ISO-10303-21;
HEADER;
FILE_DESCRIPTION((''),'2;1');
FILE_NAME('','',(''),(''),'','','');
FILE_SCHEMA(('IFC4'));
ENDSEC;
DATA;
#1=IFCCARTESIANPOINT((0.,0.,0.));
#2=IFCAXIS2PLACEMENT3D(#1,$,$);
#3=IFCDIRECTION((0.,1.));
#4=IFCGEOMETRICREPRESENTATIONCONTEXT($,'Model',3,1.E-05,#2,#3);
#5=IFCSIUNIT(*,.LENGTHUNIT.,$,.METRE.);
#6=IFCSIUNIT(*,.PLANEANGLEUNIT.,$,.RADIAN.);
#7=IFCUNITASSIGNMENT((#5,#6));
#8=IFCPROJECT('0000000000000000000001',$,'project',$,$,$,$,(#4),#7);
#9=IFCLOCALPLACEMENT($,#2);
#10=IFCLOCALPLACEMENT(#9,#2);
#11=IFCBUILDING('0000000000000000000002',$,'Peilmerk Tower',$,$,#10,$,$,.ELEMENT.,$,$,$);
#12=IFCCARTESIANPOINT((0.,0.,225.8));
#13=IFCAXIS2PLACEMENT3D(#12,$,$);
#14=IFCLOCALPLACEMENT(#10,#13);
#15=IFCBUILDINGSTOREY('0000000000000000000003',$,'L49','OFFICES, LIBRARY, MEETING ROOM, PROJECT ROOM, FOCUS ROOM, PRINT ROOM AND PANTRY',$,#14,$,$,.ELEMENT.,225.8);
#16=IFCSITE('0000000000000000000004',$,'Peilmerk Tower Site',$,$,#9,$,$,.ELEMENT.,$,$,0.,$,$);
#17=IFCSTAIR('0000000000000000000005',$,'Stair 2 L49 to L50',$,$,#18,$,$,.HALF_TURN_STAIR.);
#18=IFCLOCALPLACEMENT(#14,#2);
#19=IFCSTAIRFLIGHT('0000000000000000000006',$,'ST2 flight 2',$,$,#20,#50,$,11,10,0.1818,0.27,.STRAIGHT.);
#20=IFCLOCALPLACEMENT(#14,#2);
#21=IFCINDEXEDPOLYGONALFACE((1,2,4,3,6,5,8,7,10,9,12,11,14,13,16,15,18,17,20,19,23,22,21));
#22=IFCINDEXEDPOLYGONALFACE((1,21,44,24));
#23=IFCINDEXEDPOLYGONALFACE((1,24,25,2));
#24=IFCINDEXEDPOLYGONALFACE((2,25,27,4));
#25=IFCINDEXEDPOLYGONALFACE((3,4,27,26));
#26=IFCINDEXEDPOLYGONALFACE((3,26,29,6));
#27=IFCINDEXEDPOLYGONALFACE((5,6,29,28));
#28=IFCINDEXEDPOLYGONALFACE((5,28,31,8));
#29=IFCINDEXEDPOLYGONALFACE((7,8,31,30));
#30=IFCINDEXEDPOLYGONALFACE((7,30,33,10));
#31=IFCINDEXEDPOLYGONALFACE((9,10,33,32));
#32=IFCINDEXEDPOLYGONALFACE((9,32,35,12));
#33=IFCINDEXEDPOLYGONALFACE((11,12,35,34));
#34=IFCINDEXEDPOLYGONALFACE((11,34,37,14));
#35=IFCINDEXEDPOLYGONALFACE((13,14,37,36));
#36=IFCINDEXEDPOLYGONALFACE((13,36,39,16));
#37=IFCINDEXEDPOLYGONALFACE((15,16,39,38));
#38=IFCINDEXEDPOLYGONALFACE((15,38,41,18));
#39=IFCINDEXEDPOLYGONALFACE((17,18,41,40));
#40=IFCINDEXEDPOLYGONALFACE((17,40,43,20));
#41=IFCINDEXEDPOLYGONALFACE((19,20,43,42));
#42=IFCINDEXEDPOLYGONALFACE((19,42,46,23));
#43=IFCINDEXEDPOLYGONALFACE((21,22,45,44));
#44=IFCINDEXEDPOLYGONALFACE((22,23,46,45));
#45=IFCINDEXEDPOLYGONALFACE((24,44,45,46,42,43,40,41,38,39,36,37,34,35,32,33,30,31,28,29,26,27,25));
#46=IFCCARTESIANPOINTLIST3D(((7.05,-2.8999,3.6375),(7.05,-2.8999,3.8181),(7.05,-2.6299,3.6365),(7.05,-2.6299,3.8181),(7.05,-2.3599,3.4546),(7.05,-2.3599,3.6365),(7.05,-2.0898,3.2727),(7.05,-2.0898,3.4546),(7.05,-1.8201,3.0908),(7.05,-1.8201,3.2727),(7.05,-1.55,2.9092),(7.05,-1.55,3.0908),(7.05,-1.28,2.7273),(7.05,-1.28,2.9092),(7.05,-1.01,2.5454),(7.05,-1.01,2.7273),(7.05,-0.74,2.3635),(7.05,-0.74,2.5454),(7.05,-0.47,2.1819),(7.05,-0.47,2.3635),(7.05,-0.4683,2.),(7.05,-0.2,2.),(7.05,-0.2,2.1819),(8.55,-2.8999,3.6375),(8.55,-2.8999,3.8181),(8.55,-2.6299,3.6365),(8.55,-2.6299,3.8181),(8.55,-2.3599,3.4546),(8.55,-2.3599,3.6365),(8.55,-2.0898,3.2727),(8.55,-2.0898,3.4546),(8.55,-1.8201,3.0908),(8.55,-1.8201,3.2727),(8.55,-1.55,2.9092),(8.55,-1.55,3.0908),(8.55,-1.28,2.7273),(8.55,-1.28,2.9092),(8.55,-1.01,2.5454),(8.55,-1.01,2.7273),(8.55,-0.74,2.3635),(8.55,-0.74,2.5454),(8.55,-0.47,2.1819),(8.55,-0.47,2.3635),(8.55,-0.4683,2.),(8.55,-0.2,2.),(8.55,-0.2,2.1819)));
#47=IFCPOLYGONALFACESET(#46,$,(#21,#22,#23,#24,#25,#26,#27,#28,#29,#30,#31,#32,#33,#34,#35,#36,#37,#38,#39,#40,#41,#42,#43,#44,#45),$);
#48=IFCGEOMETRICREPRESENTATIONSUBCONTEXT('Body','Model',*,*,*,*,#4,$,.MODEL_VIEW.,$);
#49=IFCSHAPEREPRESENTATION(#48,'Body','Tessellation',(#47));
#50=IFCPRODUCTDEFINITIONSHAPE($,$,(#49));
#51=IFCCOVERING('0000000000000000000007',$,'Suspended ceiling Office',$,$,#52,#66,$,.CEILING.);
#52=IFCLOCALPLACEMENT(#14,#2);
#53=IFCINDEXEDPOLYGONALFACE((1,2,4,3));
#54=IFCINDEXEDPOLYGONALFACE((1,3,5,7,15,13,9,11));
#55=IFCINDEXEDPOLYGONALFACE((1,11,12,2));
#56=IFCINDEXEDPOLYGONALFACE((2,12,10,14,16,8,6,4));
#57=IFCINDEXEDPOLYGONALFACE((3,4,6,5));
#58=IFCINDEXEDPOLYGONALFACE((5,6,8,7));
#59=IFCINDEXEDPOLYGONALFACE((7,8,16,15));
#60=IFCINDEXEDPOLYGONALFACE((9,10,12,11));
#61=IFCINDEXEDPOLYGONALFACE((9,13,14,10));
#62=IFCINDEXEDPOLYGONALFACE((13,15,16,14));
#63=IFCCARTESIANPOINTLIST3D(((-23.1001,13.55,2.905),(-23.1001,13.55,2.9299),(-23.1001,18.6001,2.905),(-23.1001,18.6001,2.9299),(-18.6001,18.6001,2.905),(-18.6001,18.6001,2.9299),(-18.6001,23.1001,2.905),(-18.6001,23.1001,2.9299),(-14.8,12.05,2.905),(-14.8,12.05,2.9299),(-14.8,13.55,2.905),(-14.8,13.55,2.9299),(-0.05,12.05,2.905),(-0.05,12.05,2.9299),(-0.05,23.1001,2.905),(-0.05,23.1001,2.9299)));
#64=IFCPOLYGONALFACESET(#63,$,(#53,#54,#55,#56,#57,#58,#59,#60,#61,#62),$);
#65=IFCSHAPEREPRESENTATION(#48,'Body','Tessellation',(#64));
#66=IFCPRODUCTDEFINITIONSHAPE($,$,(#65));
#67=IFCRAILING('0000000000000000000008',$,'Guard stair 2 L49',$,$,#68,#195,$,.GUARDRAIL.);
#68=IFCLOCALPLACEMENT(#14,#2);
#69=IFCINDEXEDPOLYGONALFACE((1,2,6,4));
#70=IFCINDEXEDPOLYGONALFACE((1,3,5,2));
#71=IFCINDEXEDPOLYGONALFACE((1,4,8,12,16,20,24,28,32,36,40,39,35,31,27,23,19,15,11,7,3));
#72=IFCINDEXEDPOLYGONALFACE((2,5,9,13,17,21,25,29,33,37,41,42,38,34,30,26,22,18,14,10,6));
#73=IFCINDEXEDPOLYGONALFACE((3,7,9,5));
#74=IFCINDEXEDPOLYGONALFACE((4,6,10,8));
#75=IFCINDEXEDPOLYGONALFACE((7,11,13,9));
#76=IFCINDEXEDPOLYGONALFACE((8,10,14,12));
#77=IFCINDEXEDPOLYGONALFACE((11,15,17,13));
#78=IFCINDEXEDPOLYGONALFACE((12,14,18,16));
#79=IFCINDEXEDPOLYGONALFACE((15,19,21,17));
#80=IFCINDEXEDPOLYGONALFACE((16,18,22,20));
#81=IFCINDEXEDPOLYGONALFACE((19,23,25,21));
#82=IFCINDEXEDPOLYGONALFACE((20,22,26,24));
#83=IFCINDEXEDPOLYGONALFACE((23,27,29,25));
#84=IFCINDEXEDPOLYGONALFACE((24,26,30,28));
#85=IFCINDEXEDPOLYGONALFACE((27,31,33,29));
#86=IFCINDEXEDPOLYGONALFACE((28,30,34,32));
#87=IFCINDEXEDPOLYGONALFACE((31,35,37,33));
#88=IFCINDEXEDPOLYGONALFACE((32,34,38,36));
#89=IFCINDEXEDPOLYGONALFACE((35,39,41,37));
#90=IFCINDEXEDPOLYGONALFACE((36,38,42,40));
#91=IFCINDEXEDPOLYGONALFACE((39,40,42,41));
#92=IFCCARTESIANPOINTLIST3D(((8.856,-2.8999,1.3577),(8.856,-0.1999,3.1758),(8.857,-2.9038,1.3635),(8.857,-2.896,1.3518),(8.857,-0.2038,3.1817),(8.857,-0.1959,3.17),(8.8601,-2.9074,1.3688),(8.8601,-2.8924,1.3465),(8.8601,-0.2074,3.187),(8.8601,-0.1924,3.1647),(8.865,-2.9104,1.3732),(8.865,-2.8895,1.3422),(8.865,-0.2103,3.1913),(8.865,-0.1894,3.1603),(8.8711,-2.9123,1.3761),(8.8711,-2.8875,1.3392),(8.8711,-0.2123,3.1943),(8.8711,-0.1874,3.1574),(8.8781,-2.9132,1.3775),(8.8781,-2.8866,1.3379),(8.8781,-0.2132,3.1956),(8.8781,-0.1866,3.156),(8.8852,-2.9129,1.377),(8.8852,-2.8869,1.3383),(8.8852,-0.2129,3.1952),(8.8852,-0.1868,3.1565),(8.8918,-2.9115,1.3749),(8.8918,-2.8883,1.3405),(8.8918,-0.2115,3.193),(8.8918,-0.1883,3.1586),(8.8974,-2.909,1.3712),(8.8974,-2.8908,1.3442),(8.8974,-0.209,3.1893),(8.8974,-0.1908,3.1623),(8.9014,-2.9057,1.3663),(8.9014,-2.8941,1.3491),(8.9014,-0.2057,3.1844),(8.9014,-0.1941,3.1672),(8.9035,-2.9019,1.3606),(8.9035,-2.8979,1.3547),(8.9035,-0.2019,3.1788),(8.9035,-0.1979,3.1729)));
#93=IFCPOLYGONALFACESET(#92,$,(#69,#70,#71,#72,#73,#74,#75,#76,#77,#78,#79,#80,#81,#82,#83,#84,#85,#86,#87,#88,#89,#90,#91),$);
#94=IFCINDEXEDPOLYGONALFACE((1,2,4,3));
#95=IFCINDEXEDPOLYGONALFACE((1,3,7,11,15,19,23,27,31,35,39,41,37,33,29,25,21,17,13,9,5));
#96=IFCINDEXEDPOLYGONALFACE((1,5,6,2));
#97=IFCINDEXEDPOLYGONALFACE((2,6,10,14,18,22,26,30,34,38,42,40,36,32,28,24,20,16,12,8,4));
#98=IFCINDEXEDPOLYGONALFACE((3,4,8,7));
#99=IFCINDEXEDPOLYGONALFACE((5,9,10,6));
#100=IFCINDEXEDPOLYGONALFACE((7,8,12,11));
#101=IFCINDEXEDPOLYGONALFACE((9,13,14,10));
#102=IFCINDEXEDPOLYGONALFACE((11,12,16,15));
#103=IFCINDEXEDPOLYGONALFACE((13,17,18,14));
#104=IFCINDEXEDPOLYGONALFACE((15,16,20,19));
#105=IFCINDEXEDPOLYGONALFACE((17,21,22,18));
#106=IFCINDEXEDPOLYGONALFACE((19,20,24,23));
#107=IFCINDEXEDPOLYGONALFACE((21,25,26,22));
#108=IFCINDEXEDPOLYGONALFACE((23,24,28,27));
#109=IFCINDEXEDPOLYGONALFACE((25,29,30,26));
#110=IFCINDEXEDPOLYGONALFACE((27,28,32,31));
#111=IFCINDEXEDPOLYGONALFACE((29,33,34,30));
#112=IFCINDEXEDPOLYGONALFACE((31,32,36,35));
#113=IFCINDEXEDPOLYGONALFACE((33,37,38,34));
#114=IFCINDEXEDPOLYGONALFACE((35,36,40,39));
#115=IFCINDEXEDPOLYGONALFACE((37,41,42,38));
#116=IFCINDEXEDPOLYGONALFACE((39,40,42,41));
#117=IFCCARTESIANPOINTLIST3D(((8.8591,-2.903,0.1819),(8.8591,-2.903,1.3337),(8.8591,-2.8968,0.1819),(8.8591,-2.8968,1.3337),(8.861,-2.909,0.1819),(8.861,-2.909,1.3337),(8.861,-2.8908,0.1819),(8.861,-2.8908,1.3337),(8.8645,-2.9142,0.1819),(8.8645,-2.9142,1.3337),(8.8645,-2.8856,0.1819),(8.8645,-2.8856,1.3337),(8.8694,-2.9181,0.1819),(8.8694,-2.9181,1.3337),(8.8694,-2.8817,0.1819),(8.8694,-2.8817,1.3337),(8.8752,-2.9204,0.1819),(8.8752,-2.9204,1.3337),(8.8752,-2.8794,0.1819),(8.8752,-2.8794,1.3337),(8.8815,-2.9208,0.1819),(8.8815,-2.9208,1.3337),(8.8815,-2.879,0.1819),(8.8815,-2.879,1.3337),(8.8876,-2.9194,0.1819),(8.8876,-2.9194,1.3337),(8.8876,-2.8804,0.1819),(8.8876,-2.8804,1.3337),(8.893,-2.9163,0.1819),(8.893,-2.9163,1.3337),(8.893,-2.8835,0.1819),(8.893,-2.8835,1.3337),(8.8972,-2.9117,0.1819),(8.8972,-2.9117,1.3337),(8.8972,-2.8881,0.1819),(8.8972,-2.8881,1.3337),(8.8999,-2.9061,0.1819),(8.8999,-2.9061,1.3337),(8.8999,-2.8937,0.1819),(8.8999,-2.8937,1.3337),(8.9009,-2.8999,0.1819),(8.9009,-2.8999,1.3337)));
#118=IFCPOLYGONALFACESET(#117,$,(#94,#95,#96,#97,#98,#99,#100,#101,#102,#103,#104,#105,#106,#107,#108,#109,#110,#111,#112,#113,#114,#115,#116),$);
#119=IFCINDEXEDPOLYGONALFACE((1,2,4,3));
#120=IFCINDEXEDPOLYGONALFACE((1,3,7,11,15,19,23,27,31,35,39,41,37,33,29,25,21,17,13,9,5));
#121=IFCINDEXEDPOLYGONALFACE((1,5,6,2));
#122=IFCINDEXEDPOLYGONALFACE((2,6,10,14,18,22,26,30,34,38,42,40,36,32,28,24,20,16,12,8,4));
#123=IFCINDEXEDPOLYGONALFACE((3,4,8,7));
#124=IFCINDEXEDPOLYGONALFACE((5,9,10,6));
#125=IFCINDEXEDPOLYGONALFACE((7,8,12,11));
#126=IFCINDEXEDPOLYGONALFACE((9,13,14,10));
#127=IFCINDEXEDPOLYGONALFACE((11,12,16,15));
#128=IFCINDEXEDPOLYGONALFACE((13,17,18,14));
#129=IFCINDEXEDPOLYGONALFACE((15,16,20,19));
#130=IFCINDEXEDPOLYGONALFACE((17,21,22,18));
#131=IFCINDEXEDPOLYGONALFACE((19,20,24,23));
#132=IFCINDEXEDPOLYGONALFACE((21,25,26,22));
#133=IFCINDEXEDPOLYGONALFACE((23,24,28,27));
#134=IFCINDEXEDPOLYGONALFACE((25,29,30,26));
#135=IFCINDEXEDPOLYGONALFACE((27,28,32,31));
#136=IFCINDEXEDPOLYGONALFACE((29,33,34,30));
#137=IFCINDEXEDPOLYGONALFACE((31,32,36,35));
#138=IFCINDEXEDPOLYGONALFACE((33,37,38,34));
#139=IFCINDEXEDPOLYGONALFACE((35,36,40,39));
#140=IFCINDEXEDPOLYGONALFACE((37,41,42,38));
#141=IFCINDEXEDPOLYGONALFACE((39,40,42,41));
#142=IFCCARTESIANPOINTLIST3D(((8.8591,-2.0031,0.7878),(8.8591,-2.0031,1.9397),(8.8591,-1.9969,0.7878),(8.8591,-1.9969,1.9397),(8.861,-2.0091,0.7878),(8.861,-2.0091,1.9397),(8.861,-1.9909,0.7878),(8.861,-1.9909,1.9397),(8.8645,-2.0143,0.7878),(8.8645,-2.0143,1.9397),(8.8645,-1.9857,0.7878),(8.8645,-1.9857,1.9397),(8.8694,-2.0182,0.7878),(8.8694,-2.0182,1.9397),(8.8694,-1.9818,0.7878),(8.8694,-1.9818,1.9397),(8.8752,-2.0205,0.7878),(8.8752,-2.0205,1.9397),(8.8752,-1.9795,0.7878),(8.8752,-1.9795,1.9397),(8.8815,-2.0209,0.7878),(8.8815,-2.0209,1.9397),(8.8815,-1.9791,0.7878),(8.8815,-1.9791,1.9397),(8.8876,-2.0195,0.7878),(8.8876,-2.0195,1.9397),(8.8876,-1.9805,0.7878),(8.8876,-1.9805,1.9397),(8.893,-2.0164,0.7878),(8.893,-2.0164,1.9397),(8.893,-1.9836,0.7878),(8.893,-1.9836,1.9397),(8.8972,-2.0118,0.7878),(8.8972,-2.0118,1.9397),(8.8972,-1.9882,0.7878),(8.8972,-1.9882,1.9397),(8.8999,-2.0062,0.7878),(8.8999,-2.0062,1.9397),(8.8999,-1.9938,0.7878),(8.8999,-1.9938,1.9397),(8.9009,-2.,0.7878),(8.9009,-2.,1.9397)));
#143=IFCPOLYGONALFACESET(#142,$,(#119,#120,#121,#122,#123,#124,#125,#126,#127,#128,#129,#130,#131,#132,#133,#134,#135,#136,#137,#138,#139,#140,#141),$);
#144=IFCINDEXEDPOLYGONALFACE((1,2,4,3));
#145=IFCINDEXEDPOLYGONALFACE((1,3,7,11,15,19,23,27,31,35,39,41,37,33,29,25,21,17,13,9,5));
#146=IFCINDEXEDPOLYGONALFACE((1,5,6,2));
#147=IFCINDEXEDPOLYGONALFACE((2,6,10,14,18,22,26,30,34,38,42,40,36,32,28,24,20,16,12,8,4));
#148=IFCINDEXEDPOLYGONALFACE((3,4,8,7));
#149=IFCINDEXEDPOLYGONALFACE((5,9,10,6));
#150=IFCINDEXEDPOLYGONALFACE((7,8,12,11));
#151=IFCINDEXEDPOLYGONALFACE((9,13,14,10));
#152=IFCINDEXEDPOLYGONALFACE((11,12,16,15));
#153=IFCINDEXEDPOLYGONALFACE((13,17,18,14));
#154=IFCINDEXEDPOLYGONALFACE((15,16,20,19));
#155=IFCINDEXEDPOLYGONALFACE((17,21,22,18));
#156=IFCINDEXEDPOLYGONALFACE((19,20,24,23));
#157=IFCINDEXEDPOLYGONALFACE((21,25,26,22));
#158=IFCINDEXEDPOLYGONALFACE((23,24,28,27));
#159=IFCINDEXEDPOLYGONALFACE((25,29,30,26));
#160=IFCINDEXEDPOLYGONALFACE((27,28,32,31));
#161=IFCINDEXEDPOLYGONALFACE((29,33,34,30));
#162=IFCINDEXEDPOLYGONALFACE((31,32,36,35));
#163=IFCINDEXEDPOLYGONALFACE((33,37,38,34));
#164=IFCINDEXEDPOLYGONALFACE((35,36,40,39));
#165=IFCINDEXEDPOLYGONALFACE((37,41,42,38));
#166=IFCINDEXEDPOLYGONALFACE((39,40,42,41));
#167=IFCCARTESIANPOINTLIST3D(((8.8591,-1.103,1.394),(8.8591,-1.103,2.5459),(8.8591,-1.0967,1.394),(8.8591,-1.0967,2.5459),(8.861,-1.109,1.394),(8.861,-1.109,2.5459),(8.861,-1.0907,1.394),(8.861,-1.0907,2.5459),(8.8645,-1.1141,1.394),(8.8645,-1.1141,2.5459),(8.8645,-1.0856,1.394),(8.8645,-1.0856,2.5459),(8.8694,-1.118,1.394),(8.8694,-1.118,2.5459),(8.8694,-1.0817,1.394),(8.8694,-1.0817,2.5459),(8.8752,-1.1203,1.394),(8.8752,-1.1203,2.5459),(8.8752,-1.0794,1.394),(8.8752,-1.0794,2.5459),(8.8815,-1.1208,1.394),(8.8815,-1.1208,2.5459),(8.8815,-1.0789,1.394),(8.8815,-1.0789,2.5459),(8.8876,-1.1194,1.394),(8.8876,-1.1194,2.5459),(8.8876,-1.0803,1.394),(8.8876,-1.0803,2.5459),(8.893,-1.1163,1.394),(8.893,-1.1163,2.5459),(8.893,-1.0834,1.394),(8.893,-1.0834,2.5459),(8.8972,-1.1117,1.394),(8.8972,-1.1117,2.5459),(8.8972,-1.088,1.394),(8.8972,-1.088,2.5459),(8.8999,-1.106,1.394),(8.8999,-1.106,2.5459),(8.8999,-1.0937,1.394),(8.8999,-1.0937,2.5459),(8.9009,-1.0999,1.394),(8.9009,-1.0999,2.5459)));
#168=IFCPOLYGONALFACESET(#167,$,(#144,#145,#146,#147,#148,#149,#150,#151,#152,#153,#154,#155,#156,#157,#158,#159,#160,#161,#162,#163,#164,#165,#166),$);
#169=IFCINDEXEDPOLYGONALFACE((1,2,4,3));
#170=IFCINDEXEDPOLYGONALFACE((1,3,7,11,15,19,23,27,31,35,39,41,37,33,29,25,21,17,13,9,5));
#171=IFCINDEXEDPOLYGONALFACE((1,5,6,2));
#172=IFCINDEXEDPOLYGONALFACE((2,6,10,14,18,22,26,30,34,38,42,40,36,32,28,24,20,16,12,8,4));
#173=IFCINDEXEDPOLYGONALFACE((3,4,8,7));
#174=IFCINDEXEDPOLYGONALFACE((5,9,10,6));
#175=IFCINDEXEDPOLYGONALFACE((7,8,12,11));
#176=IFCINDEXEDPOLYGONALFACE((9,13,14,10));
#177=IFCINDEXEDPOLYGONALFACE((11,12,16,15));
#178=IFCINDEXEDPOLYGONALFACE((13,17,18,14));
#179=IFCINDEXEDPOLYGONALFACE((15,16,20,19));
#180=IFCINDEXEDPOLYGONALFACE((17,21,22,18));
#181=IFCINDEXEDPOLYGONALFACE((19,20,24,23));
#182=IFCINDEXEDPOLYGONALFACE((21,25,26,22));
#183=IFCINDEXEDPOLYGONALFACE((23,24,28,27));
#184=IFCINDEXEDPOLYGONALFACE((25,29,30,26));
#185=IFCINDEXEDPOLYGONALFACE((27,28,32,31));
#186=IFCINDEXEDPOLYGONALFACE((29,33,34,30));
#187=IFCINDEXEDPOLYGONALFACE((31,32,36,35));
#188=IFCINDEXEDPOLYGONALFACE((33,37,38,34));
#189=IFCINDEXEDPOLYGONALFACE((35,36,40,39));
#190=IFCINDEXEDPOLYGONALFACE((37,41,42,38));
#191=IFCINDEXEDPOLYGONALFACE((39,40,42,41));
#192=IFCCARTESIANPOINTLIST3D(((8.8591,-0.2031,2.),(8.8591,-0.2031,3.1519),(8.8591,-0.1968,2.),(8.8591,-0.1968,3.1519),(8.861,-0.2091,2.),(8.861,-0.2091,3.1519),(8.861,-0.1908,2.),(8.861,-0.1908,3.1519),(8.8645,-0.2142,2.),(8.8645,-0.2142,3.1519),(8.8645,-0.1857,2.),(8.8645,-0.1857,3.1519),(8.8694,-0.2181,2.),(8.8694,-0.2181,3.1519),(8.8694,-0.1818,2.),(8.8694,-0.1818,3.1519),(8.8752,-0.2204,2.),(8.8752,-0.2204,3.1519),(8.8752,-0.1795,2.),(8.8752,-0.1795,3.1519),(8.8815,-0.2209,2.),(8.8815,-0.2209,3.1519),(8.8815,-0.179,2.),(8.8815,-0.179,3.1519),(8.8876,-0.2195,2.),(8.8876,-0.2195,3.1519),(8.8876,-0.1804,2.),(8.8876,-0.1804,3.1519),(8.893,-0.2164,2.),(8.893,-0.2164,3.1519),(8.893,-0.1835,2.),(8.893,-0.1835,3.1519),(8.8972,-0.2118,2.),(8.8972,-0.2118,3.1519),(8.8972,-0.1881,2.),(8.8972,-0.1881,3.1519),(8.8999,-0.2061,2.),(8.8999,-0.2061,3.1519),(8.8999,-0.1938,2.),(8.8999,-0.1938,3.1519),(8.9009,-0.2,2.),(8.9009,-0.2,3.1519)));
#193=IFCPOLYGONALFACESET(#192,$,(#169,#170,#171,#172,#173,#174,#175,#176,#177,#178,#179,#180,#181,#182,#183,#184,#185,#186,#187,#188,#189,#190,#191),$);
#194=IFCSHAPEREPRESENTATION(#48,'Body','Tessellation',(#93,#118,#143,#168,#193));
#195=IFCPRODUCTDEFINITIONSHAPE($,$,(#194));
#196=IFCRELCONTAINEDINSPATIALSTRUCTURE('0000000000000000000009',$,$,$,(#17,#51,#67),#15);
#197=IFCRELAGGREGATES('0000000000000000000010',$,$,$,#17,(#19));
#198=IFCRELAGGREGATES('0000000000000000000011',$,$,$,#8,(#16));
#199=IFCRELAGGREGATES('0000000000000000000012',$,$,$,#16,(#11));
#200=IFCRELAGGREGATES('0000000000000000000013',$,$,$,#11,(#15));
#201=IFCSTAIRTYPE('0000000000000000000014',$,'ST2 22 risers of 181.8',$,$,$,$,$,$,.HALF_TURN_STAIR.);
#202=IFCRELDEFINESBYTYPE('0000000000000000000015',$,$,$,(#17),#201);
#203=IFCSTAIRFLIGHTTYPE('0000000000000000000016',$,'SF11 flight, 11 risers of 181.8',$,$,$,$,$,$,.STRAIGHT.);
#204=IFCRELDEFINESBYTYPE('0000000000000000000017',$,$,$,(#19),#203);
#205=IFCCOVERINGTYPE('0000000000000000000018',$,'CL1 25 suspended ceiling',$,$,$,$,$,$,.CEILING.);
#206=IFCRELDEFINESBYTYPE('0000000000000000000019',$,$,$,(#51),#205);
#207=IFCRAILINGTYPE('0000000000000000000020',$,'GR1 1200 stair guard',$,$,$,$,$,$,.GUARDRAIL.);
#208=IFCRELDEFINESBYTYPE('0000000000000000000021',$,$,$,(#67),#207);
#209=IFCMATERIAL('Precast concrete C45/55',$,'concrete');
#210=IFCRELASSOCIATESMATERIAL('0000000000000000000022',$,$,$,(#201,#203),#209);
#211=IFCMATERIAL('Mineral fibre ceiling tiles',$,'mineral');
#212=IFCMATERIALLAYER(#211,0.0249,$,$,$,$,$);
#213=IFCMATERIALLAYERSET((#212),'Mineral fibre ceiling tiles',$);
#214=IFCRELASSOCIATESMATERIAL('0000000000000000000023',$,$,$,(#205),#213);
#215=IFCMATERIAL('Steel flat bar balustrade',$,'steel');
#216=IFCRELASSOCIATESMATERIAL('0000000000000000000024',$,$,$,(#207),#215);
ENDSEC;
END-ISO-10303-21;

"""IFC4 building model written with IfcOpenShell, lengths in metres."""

from ifc_helpers import new_model, si_unit, direction, frame, origin, origin_2d, place, context, subcontext, project, spatial, polyline, circle, outline, extrude, material, layer, layer_set, type_object, element, aggregate, save


model = new_model("IFC4")

# Units and contexts
model_context = context("Model", 3, precision=1e-05, world=origin(), true_north=direction((0.0, 1.0)))
body_context = subcontext(model_context, "Body", "Model", "MODEL_VIEW")
ifc_project = project(units=[si_unit("LENGTHUNIT", "METRE"), si_unit("PLANEANGLEUNIT", "RADIAN")], contexts=[model_context])

# Site, building, storey
site_placement = place(None, origin())
site = spatial("IfcSite", under=ifc_project, at=site_placement, Name="Peilmerk Tower Site", CompositionType="ELEMENT", RefElevation=0.0)
building_placement = place(site_placement, origin())
building = spatial("IfcBuilding", under=site, at=building_placement, Name="Peilmerk Tower", CompositionType="ELEMENT")
storey_placement = place(building_placement, frame((0.0, 0.0, 225.8)))
storey = spatial("IfcBuildingStorey", under=building, at=storey_placement, Name="L49", Description="OFFICES, LIBRARY, MEETING ROOM, PROJECT ROOM, FOCUS ROOM, PRINT ROOM AND PANTRY", CompositionType="ELEMENT", Elevation=225.8)

# Stair
ifc_material_1 = material(Name="Precast concrete C45/55", Category="concrete")
stair_type_1 = type_object("IfcStairType", Name="ST2 22 risers of 181.8", PredefinedType="HALF_TURN_STAIR", material=ifc_material_1)
stair_1_placement = place(storey_placement, origin())
stair_1 = element("IfcStair", 1, at=stair_1_placement, inside=storey, type_object=stair_type_1, Name="Stair 2 L49 to L50", PredefinedType="HALF_TURN_STAIR")

# Stair flight
stair_flight_type = type_object("IfcStairFlightType", Name="SF11 flight, 11 risers of 181.8", PredefinedType="STRAIGHT", material=ifc_material_1)
stair_flight_1_placement = place(storey_placement, frame((7.8, -0.2, 2.0), z_axis=(0.0, 0.0, 1.0), x_axis=(0.0, -1.0, 0.0)))
stair_flight_1 = element("IfcStairFlight", 2, at=stair_flight_1_placement, type_object=stair_flight_type, Name="ST2 flight 2", NumberOfRisers=11, NumberOfTreads=10, PredefinedType="STRAIGHT", RiserHeight=0.1818, TreadLength=0.27, context=body_context, shape_type="SweptSolid", body=[
    extrude(outline(polyline([(0.0, 0.0), (0.0, 0.1819), (0.27, 0.1819), (0.27, 0.3635), (0.54, 0.3635), (0.54, 0.5454), (0.8101, 0.5454), (0.8101, 0.7273), (1.0801, 0.7273), (1.0801, 0.9092), (1.3501, 0.9092), (1.3501, 1.0908), (1.6201, 1.0908), (1.6201, 1.2727), (1.8899, 1.2727), (1.8899, 1.4546), (2.1599, 1.4546), (2.1599, 1.6365), (2.4299, 1.6365), (2.4299, 1.8181), (2.7, 1.8181), (2.7, 2.0), (2.7, 1.6375), (0.2683, 0.0), (0.0, 0.0)])), frame((0.0, 0.75, 0.0), z_axis=(0.0, -1.0, 0.0), x_axis=(1.0, 0.0, 0.0)), (0.0, 0.0, 1.0), 1.5),
])
aggregate(stair_1, [stair_flight_1])

# Covering
ifc_material_2 = material(Name="Mineral fibre ceiling tiles", Category="mineral")
ifc_layer_1 = layer(ifc_material_2, 0.0249)
ifc_layer_set_1 = layer_set([ifc_layer_1], Name="Mineral fibre ceiling tiles")
covering_type = type_object("IfcCoveringType", Name="CL1 25 suspended ceiling", PredefinedType="CEILING", material=ifc_layer_set_1)
covering_placement = place(storey_placement, frame((0.0, 0.0, 2.905)))
element("IfcCovering", 3, at=covering_placement, inside=storey, type_object=covering_type, Name="Suspended ceiling Office", PredefinedType="CEILING", context=body_context, shape_type="SweptSolid", body=[
    extrude(outline(polyline([(-23.1001, 18.6001), (-23.1001, 13.55), (-14.8, 13.55), (-14.8, 12.05), (-0.05, 12.05), (-0.05, 23.1001), (-18.6001, 23.1001), (-18.6001, 18.6001), (-23.1001, 18.6001)])), origin(), (0.0, 0.0, 1.0), 0.0249),
])

# Railing
ifc_material_3 = material(Name="Steel flat bar balustrade", Category="steel")
railing_type_1 = type_object("IfcRailingType", Name="GR1 1200 stair guard", PredefinedType="GUARDRAIL", material=ifc_material_3)
railing_1_placement = place(storey_placement, frame((8.8799, -2.8999, 0.1819)))
element("IfcRailing", 4, at=railing_1_placement, inside=storey, type_object=railing_type_1, Name="Guard stair 2 L49", PredefinedType="GUARDRAIL", context=body_context, shape_type="SweptSolid", body=[
    extrude(circle(Radius=0.0239, at=origin_2d()), frame((0.0, 0.0, 1.1758), z_axis=(0.0, 0.829468, 0.558554), x_axis=(-1.0, 0.0, 0.0)), (0.0, 0.0, 1.0), 3.2551),
    extrude(circle(Radius=0.021, at=origin_2d()), origin(), (0.0, 0.0, 1.0), 1.1519),
    extrude(circle(Radius=0.021, at=origin_2d()), frame((0.0, 0.8999, 0.606)), (0.0, 0.0, 1.0), 1.1519),
    extrude(circle(Radius=0.021, at=origin_2d()), frame((0.0, 1.8, 1.2122)), (0.0, 0.0, 1.0), 1.1519),
    extrude(circle(Radius=0.021, at=origin_2d()), frame((0.0, 2.7, 1.8181)), (0.0, 0.0, 1.0), 1.1519),
])

save(model, "model.ifc")
